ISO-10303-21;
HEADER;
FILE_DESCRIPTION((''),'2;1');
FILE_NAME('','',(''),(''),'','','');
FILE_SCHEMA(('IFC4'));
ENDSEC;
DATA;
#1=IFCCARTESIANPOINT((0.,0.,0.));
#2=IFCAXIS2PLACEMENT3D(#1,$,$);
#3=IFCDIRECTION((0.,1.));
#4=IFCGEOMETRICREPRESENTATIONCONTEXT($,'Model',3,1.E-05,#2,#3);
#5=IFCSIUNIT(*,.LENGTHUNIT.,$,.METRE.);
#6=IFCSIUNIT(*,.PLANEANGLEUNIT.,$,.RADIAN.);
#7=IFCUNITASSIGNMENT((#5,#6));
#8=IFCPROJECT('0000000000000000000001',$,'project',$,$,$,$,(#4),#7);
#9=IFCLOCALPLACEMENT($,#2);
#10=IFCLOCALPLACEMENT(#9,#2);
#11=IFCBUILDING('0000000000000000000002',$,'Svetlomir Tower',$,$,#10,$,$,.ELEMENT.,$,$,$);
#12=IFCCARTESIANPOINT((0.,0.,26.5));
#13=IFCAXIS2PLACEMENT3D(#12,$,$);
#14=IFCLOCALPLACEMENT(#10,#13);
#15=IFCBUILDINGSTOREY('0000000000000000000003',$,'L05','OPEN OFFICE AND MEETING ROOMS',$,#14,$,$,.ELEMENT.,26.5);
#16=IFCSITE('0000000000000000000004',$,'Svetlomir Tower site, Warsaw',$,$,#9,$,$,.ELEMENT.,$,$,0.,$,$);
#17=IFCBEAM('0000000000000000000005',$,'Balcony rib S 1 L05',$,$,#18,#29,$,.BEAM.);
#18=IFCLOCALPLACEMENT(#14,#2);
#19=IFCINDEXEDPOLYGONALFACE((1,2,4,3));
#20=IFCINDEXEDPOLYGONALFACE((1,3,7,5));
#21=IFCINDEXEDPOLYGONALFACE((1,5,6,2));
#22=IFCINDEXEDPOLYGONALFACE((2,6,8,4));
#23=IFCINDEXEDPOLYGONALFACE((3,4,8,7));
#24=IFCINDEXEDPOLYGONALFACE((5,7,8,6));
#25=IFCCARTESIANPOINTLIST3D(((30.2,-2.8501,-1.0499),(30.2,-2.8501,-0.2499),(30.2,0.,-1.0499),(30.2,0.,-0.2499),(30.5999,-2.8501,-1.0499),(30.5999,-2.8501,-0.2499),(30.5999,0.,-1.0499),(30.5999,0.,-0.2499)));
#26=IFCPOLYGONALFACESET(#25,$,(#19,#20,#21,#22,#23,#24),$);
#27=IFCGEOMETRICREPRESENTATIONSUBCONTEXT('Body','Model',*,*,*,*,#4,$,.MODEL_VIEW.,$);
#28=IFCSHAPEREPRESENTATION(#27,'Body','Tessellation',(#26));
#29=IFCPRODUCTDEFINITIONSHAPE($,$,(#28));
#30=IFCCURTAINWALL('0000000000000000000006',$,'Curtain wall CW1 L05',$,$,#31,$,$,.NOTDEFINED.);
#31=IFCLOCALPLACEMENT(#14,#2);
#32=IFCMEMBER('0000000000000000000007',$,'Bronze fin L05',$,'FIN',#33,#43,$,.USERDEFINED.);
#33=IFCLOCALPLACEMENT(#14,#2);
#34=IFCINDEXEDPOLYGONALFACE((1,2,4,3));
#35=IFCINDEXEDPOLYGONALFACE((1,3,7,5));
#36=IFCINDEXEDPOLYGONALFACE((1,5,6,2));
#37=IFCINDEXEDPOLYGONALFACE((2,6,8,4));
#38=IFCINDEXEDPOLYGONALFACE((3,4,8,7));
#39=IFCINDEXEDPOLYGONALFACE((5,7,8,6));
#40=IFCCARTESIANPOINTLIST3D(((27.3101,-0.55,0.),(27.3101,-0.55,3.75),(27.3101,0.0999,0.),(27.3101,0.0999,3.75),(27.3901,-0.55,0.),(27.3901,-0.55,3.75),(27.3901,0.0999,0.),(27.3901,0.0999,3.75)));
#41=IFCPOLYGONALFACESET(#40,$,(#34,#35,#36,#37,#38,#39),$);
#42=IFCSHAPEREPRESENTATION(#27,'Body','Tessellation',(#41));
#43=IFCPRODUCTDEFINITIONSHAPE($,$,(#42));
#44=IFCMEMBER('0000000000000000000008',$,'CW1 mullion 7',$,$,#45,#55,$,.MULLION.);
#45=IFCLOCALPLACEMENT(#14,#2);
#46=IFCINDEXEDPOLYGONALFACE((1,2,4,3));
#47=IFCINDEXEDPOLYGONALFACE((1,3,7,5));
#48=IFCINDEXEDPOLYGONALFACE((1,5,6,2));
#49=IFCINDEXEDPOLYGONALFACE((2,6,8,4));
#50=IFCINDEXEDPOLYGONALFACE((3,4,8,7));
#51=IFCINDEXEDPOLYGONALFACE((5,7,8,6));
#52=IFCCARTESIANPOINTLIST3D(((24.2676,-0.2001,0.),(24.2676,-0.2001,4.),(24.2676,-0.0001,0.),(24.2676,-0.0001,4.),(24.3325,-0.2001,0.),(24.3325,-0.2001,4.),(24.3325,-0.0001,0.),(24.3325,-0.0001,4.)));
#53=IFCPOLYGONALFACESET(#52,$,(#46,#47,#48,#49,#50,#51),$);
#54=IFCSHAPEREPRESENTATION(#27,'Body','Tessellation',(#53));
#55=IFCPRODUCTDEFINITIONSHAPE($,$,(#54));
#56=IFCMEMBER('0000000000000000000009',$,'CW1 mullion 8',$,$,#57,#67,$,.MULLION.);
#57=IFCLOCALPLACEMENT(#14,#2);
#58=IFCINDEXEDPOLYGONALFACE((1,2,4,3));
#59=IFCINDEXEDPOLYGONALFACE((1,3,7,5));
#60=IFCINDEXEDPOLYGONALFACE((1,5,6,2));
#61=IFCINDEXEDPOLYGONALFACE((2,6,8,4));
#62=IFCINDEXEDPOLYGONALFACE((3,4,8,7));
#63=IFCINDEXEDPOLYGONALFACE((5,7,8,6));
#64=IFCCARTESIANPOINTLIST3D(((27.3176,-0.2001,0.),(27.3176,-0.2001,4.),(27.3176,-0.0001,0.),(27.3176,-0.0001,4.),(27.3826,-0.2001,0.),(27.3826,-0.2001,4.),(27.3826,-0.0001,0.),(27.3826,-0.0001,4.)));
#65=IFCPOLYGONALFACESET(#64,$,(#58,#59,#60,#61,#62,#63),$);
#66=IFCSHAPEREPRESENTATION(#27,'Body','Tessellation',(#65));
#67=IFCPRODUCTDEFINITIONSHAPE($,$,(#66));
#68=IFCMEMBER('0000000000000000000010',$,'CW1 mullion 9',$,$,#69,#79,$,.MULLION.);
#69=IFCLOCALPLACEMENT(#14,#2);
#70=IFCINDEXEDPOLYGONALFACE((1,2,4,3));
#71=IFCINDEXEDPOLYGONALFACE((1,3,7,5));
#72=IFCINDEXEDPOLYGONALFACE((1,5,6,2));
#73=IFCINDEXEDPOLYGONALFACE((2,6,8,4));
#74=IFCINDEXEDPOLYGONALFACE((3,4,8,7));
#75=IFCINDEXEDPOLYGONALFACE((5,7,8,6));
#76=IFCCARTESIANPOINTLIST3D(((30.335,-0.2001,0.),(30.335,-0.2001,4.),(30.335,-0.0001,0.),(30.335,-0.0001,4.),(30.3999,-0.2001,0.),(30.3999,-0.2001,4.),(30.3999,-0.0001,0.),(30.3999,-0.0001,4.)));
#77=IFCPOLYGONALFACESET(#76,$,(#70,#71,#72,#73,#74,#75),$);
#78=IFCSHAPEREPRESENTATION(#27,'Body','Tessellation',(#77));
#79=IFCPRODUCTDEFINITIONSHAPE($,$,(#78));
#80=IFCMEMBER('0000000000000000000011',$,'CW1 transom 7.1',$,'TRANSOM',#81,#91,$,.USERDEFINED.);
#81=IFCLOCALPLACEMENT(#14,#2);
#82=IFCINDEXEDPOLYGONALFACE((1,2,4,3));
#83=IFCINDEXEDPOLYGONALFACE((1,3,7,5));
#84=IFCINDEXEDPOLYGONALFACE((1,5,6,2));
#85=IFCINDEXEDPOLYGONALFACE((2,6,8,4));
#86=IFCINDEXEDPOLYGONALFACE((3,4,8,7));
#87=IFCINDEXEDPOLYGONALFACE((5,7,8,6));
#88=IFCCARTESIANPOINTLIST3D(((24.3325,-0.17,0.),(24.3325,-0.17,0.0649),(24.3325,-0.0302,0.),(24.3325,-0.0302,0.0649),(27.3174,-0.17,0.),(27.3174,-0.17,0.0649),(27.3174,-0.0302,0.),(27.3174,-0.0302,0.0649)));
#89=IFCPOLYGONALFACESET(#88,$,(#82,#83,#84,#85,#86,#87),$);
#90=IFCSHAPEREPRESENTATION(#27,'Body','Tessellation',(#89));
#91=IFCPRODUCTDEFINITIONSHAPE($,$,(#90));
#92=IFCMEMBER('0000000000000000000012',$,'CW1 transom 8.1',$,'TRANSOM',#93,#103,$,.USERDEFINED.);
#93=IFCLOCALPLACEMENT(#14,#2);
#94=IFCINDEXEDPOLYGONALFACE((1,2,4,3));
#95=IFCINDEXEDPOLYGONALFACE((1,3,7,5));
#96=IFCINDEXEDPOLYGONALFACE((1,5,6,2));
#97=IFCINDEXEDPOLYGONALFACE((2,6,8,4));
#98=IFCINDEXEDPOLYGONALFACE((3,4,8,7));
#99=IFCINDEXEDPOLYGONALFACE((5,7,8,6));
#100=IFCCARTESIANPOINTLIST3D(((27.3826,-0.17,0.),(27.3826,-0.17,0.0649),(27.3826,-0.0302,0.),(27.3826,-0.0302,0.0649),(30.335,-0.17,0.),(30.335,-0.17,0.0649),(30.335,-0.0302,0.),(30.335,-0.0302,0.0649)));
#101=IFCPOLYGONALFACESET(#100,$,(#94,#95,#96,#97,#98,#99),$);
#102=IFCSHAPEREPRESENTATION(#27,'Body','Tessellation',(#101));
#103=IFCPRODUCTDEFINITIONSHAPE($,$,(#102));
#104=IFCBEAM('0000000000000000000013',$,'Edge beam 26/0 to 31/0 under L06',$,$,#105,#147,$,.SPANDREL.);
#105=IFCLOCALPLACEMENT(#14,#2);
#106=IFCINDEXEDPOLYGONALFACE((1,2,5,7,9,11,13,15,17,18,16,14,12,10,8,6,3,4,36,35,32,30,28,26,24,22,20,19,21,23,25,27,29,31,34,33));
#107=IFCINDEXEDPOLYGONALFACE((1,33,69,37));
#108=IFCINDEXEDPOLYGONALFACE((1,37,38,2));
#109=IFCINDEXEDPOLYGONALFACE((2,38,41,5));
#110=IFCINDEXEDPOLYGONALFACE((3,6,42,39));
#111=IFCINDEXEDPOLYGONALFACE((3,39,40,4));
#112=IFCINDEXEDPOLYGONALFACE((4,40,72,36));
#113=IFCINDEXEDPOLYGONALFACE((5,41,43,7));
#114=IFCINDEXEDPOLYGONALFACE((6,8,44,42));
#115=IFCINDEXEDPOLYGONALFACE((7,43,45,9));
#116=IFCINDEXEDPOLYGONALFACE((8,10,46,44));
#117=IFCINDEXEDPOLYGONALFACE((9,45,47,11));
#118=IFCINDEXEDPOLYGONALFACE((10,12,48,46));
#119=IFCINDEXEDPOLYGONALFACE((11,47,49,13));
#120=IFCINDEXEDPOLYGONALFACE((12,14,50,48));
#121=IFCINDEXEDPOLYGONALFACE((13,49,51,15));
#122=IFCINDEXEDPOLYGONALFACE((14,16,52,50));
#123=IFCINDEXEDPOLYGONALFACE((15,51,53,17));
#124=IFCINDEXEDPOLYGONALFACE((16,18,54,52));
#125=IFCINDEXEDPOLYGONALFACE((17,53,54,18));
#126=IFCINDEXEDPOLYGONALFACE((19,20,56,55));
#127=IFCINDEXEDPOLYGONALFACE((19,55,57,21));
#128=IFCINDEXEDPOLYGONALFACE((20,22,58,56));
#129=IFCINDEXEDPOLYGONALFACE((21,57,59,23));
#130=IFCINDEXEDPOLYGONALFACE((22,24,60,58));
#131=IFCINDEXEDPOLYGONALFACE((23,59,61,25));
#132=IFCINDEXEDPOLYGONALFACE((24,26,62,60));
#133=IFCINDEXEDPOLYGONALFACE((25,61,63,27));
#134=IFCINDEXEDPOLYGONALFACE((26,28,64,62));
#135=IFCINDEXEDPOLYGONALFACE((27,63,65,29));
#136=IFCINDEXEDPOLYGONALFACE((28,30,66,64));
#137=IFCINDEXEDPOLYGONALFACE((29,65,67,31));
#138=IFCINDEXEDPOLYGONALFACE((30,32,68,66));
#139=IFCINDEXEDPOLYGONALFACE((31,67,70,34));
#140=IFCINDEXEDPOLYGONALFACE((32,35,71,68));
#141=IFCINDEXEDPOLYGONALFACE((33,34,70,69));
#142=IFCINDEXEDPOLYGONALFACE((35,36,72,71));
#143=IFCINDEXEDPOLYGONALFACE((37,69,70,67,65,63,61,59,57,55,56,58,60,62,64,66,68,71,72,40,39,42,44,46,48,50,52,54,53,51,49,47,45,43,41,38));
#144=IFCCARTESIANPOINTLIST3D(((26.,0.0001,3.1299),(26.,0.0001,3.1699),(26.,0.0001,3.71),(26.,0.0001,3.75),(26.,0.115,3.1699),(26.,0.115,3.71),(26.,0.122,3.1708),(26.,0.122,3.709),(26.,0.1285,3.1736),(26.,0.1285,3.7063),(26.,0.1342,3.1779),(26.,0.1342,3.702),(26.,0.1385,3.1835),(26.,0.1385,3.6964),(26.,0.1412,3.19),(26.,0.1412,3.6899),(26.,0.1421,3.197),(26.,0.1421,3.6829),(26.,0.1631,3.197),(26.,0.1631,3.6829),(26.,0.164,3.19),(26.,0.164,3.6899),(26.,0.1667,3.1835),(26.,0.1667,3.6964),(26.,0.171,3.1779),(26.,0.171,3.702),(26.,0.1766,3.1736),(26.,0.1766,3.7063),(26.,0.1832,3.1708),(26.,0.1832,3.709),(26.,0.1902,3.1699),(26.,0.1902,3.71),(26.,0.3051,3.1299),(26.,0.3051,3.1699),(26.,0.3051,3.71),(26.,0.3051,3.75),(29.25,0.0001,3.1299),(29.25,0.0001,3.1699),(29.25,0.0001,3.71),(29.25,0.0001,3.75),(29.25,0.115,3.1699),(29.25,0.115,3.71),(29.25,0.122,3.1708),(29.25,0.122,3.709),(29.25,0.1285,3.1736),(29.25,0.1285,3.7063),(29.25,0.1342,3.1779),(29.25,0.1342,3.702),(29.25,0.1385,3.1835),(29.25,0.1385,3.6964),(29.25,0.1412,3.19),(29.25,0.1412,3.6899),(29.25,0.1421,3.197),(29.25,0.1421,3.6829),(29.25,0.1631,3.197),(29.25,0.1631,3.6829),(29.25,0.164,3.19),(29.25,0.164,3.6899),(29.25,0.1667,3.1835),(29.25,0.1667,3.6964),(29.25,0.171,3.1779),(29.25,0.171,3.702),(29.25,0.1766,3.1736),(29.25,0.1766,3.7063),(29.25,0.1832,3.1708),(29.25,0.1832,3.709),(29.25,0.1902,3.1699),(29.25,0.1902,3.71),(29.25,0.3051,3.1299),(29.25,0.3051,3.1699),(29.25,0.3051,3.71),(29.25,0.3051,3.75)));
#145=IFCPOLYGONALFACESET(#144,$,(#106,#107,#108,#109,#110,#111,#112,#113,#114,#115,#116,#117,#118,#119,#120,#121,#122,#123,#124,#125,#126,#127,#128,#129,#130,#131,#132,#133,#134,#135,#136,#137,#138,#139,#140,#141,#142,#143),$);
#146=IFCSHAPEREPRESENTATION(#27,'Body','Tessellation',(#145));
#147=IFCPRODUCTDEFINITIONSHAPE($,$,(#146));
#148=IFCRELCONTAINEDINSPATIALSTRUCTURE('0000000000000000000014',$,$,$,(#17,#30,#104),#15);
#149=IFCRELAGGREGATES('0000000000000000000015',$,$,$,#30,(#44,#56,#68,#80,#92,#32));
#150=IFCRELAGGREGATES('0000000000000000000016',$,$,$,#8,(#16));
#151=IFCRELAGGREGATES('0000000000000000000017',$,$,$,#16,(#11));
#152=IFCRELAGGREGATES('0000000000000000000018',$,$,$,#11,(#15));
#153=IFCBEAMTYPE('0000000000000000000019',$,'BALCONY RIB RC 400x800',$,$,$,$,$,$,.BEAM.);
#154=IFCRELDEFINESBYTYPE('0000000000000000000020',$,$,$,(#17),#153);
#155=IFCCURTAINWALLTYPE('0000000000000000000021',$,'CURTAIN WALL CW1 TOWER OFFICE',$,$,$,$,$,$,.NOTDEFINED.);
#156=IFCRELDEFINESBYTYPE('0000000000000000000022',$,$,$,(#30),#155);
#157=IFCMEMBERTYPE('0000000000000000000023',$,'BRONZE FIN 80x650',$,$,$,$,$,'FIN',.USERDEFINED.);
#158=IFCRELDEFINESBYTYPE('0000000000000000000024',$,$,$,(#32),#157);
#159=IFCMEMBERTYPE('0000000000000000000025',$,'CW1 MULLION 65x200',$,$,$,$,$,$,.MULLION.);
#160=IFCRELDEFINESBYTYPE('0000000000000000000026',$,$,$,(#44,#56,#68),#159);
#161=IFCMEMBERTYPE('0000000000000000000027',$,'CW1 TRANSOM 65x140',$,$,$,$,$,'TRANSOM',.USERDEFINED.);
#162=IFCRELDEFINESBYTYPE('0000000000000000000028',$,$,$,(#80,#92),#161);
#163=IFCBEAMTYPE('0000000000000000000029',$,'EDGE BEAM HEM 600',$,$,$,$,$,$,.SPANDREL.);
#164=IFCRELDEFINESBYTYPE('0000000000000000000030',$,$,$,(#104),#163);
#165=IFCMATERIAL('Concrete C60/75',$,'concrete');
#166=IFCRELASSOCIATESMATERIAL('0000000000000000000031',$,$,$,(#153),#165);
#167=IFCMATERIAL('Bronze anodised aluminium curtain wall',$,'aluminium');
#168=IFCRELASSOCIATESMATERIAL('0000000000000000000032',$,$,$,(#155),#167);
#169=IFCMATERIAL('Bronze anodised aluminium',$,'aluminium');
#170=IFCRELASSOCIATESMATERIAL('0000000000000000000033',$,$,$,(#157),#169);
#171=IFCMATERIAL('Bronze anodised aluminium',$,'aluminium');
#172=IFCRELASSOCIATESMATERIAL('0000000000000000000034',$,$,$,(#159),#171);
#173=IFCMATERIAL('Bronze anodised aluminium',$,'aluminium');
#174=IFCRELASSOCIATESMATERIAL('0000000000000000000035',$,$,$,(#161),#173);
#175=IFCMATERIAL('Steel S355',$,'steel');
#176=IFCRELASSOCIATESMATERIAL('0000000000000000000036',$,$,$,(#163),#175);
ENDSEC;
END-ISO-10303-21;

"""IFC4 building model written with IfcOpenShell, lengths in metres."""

from ifc_helpers import new_model, si_unit, direction, frame, origin, origin_2d, place, context, subcontext, project, spatial, rectangle, i_section, extrude, material, material_profile, profile_set, type_object, element, aggregate, save


model = new_model("IFC4")

# Units and contexts
model_context = context("Model", 3, precision=1e-05, world=origin(), true_north=direction((0.0, 1.0)))
body_context = subcontext(model_context, "Body", "Model", "MODEL_VIEW")
ifc_project = project(units=[si_unit("LENGTHUNIT", "METRE"), si_unit("PLANEANGLEUNIT", "RADIAN")], contexts=[model_context])

# Site, building, storey
site_placement = place(None, origin())
site = spatial("IfcSite", under=ifc_project, at=site_placement, Name="Svetlomir Tower site, Warsaw", CompositionType="ELEMENT", RefElevation=0.0)
building_placement = place(site_placement, origin())
building = spatial("IfcBuilding", under=site, at=building_placement, Name="Svetlomir Tower", CompositionType="ELEMENT")
storey_placement = place(building_placement, frame((0.0, 0.0, 26.5)))
storey = spatial("IfcBuildingStorey", under=building, at=storey_placement, Name="L05", Description="OPEN OFFICE AND MEETING ROOMS", CompositionType="ELEMENT", Elevation=26.5)

# Beam
ifc_material_1 = material(Name="Concrete C60/75", Category="concrete")
ifc_material_profile_1 = material_profile(ifc_material_1, rectangle(XDim=0.3999, YDim=0.8, at=origin_2d()), Name="RC 400x800")
ifc_profile_set_1 = profile_set([ifc_material_profile_1], Name="Concrete C60/75")
beam_type_1 = type_object("IfcBeamType", Name="BALCONY RIB RC 400x800", PredefinedType="BEAM", material=ifc_profile_set_1)
beam_1_placement = place(storey_placement, frame((30.3999, 0.0, -0.6499), z_axis=(0.0, -1.0, 0.0), x_axis=(1.0, 0.0, 0.0)))
element("IfcBeam", 1, at=beam_1_placement, inside=storey, type_object=beam_type_1, Name="Balcony rib S 1 L05", PredefinedType="BEAM", context=body_context, shape_type="SweptSolid", body=[
    extrude(rectangle(XDim=0.3999, YDim=0.8, at=origin_2d()), origin(), (0.0, 0.0, 1.0), 2.8501),
])

# Curtain wall, members
ifc_material_2 = material(Name="Bronze anodised aluminium curtain wall", Category="aluminium")
curtain_wall_type = type_object("IfcCurtainWallType", Name="CURTAIN WALL CW1 TOWER OFFICE", PredefinedType="NOTDEFINED", material=ifc_material_2)
curtain_wall_placement = place(storey_placement, origin())
curtain_wall = element("IfcCurtainWall", 2, at=curtain_wall_placement, inside=storey, type_object=curtain_wall_type, Name="Curtain wall CW1 L05", PredefinedType="NOTDEFINED")
ifc_material_3 = material(Name="Bronze anodised aluminium", Category="aluminium")
ifc_material_profile_2 = material_profile(ifc_material_3, rectangle(XDim=0.0801, YDim=0.6499, at=origin_2d()), Name="FIN 80x650")
ifc_profile_set_2 = profile_set([ifc_material_profile_2], Name="Bronze anodised aluminium 6063-T6")
member_type_1 = type_object("IfcMemberType", Name="BRONZE FIN 80x650", ElementType="FIN", PredefinedType="USERDEFINED", material=ifc_profile_set_2)
member_1_placement = place(storey_placement, frame((27.3501, -0.2251, 0.0), z_axis=(0.0, 0.0, 1.0), x_axis=(1.0, 0.0, 0.0)))
member_1 = element("IfcMember", 3, at=member_1_placement, type_object=member_type_1, Name="Bronze fin L05", ObjectType="FIN", PredefinedType="USERDEFINED", context=body_context, shape_type="SweptSolid", body=[
    extrude(rectangle(XDim=0.0801, YDim=0.6499, at=origin_2d()), origin(), (0.0, 0.0, 1.0), 3.75),
])
ifc_material_4 = material(Name="Bronze anodised aluminium", Category="aluminium")
ifc_material_profile_3 = material_profile(ifc_material_4, rectangle(XDim=0.0649, YDim=0.2, at=origin_2d()), Name="AL 65x200")
ifc_profile_set_3 = profile_set([ifc_material_profile_3], Name="Bronze anodised aluminium 6063-T6")
member_type_2 = type_object("IfcMemberType", Name="CW1 MULLION 65x200", PredefinedType="MULLION", material=ifc_profile_set_3)
member_2_placement = place(storey_placement, frame((24.3, -0.1001, 0.0), z_axis=(0.0, 0.0, 1.0), x_axis=(1.0, 0.0, 0.0)))
member_2 = element("IfcMember", 4, at=member_2_placement, type_object=member_type_2, Name="CW1 mullion 7", PredefinedType="MULLION", context=body_context, shape_type="SweptSolid", body=[
    extrude(rectangle(XDim=0.0649, YDim=0.2, at=origin_2d()), origin(), (0.0, 0.0, 1.0), 4.0),
])
member_3_placement = place(storey_placement, frame((27.3501, -0.1001, 0.0), z_axis=(0.0, 0.0, 1.0), x_axis=(1.0, 0.0, 0.0)))
member_3 = element("IfcMember", 5, at=member_3_placement, type_object=member_type_2, Name="CW1 mullion 8", PredefinedType="MULLION", context=body_context, shape_type="SweptSolid", body=[
    extrude(rectangle(XDim=0.0649, YDim=0.2, at=origin_2d()), origin(), (0.0, 0.0, 1.0), 4.0),
])
member_4_placement = place(storey_placement, frame((30.3674, -0.1001, 0.0), z_axis=(0.0, 0.0, 1.0), x_axis=(1.0, 0.0, 0.0)))
member_4 = element("IfcMember", 6, at=member_4_placement, type_object=member_type_2, Name="CW1 mullion 9", PredefinedType="MULLION", context=body_context, shape_type="SweptSolid", body=[
    extrude(rectangle(XDim=0.0649, YDim=0.2, at=origin_2d()), origin(), (0.0, 0.0, 1.0), 4.0),
])
ifc_material_5 = material(Name="Bronze anodised aluminium", Category="aluminium")
ifc_material_profile_4 = material_profile(ifc_material_5, rectangle(XDim=0.1399, YDim=0.0649, at=origin_2d()), Name="AL 140x65")
ifc_profile_set_4 = profile_set([ifc_material_profile_4], Name="Bronze anodised aluminium 6063-T6")
member_type_3 = type_object("IfcMemberType", Name="CW1 TRANSOM 65x140", ElementType="TRANSOM", PredefinedType="USERDEFINED", material=ifc_profile_set_4)
member_5_placement = place(storey_placement, frame((24.3325, -0.1001, 0.0325), z_axis=(1.0, 0.0, 0.0), x_axis=(0.0, 1.0, 0.0)))
member_5 = element("IfcMember", 7, at=member_5_placement, type_object=member_type_3, Name="CW1 transom 7.1", ObjectType="TRANSOM", PredefinedType="USERDEFINED", context=body_context, shape_type="SweptSolid", body=[
    extrude(rectangle(XDim=0.1399, YDim=0.0649, at=origin_2d()), origin(), (0.0, 0.0, 1.0), 2.9849),
])
member_6_placement = place(storey_placement, frame((27.3826, -0.1001, 0.0325), z_axis=(1.0, 0.0, 0.0), x_axis=(0.0, 1.0, 0.0)))
member_6 = element("IfcMember", 8, at=member_6_placement, type_object=member_type_3, Name="CW1 transom 8.1", ObjectType="TRANSOM", PredefinedType="USERDEFINED", context=body_context, shape_type="SweptSolid", body=[
    extrude(rectangle(XDim=0.1399, YDim=0.0649, at=origin_2d()), origin(), (0.0, 0.0, 1.0), 2.9524),
])

# Beam
ifc_material_6 = material(Name="Steel S355", Category="steel")
ifc_material_profile_5 = material_profile(ifc_material_6, i_section(OverallWidth=0.3049, OverallDepth=0.6201, WebThickness=0.021, FlangeThickness=0.04, FilletRadius=0.0271, at=origin_2d()), Name="HEM 600")
ifc_profile_set_5 = profile_set([ifc_material_profile_5], Name="Steel S355")
beam_type_2 = type_object("IfcBeamType", Name="EDGE BEAM HEM 600", PredefinedType="SPANDREL", material=ifc_profile_set_5)
beam_2_placement = place(storey_placement, frame((26.0, 0.1526, 3.4399), z_axis=(1.0, 0.0, 0.0), x_axis=(0.0, 1.0, 0.0)))
element("IfcBeam", 9, at=beam_2_placement, inside=storey, type_object=beam_type_2, Name="Edge beam 26/0 to 31/0 under L06", PredefinedType="SPANDREL", context=body_context, shape_type="SweptSolid", body=[
    extrude(i_section(OverallWidth=0.3049, OverallDepth=0.6201, WebThickness=0.021, FlangeThickness=0.04, FilletRadius=0.0271, at=origin_2d()), origin(), (0.0, 0.0, 1.0), 3.25),
])

aggregate(curtain_wall, [member_2, member_3, member_4, member_5, member_6, member_1])

save(model, "model.ifc")
